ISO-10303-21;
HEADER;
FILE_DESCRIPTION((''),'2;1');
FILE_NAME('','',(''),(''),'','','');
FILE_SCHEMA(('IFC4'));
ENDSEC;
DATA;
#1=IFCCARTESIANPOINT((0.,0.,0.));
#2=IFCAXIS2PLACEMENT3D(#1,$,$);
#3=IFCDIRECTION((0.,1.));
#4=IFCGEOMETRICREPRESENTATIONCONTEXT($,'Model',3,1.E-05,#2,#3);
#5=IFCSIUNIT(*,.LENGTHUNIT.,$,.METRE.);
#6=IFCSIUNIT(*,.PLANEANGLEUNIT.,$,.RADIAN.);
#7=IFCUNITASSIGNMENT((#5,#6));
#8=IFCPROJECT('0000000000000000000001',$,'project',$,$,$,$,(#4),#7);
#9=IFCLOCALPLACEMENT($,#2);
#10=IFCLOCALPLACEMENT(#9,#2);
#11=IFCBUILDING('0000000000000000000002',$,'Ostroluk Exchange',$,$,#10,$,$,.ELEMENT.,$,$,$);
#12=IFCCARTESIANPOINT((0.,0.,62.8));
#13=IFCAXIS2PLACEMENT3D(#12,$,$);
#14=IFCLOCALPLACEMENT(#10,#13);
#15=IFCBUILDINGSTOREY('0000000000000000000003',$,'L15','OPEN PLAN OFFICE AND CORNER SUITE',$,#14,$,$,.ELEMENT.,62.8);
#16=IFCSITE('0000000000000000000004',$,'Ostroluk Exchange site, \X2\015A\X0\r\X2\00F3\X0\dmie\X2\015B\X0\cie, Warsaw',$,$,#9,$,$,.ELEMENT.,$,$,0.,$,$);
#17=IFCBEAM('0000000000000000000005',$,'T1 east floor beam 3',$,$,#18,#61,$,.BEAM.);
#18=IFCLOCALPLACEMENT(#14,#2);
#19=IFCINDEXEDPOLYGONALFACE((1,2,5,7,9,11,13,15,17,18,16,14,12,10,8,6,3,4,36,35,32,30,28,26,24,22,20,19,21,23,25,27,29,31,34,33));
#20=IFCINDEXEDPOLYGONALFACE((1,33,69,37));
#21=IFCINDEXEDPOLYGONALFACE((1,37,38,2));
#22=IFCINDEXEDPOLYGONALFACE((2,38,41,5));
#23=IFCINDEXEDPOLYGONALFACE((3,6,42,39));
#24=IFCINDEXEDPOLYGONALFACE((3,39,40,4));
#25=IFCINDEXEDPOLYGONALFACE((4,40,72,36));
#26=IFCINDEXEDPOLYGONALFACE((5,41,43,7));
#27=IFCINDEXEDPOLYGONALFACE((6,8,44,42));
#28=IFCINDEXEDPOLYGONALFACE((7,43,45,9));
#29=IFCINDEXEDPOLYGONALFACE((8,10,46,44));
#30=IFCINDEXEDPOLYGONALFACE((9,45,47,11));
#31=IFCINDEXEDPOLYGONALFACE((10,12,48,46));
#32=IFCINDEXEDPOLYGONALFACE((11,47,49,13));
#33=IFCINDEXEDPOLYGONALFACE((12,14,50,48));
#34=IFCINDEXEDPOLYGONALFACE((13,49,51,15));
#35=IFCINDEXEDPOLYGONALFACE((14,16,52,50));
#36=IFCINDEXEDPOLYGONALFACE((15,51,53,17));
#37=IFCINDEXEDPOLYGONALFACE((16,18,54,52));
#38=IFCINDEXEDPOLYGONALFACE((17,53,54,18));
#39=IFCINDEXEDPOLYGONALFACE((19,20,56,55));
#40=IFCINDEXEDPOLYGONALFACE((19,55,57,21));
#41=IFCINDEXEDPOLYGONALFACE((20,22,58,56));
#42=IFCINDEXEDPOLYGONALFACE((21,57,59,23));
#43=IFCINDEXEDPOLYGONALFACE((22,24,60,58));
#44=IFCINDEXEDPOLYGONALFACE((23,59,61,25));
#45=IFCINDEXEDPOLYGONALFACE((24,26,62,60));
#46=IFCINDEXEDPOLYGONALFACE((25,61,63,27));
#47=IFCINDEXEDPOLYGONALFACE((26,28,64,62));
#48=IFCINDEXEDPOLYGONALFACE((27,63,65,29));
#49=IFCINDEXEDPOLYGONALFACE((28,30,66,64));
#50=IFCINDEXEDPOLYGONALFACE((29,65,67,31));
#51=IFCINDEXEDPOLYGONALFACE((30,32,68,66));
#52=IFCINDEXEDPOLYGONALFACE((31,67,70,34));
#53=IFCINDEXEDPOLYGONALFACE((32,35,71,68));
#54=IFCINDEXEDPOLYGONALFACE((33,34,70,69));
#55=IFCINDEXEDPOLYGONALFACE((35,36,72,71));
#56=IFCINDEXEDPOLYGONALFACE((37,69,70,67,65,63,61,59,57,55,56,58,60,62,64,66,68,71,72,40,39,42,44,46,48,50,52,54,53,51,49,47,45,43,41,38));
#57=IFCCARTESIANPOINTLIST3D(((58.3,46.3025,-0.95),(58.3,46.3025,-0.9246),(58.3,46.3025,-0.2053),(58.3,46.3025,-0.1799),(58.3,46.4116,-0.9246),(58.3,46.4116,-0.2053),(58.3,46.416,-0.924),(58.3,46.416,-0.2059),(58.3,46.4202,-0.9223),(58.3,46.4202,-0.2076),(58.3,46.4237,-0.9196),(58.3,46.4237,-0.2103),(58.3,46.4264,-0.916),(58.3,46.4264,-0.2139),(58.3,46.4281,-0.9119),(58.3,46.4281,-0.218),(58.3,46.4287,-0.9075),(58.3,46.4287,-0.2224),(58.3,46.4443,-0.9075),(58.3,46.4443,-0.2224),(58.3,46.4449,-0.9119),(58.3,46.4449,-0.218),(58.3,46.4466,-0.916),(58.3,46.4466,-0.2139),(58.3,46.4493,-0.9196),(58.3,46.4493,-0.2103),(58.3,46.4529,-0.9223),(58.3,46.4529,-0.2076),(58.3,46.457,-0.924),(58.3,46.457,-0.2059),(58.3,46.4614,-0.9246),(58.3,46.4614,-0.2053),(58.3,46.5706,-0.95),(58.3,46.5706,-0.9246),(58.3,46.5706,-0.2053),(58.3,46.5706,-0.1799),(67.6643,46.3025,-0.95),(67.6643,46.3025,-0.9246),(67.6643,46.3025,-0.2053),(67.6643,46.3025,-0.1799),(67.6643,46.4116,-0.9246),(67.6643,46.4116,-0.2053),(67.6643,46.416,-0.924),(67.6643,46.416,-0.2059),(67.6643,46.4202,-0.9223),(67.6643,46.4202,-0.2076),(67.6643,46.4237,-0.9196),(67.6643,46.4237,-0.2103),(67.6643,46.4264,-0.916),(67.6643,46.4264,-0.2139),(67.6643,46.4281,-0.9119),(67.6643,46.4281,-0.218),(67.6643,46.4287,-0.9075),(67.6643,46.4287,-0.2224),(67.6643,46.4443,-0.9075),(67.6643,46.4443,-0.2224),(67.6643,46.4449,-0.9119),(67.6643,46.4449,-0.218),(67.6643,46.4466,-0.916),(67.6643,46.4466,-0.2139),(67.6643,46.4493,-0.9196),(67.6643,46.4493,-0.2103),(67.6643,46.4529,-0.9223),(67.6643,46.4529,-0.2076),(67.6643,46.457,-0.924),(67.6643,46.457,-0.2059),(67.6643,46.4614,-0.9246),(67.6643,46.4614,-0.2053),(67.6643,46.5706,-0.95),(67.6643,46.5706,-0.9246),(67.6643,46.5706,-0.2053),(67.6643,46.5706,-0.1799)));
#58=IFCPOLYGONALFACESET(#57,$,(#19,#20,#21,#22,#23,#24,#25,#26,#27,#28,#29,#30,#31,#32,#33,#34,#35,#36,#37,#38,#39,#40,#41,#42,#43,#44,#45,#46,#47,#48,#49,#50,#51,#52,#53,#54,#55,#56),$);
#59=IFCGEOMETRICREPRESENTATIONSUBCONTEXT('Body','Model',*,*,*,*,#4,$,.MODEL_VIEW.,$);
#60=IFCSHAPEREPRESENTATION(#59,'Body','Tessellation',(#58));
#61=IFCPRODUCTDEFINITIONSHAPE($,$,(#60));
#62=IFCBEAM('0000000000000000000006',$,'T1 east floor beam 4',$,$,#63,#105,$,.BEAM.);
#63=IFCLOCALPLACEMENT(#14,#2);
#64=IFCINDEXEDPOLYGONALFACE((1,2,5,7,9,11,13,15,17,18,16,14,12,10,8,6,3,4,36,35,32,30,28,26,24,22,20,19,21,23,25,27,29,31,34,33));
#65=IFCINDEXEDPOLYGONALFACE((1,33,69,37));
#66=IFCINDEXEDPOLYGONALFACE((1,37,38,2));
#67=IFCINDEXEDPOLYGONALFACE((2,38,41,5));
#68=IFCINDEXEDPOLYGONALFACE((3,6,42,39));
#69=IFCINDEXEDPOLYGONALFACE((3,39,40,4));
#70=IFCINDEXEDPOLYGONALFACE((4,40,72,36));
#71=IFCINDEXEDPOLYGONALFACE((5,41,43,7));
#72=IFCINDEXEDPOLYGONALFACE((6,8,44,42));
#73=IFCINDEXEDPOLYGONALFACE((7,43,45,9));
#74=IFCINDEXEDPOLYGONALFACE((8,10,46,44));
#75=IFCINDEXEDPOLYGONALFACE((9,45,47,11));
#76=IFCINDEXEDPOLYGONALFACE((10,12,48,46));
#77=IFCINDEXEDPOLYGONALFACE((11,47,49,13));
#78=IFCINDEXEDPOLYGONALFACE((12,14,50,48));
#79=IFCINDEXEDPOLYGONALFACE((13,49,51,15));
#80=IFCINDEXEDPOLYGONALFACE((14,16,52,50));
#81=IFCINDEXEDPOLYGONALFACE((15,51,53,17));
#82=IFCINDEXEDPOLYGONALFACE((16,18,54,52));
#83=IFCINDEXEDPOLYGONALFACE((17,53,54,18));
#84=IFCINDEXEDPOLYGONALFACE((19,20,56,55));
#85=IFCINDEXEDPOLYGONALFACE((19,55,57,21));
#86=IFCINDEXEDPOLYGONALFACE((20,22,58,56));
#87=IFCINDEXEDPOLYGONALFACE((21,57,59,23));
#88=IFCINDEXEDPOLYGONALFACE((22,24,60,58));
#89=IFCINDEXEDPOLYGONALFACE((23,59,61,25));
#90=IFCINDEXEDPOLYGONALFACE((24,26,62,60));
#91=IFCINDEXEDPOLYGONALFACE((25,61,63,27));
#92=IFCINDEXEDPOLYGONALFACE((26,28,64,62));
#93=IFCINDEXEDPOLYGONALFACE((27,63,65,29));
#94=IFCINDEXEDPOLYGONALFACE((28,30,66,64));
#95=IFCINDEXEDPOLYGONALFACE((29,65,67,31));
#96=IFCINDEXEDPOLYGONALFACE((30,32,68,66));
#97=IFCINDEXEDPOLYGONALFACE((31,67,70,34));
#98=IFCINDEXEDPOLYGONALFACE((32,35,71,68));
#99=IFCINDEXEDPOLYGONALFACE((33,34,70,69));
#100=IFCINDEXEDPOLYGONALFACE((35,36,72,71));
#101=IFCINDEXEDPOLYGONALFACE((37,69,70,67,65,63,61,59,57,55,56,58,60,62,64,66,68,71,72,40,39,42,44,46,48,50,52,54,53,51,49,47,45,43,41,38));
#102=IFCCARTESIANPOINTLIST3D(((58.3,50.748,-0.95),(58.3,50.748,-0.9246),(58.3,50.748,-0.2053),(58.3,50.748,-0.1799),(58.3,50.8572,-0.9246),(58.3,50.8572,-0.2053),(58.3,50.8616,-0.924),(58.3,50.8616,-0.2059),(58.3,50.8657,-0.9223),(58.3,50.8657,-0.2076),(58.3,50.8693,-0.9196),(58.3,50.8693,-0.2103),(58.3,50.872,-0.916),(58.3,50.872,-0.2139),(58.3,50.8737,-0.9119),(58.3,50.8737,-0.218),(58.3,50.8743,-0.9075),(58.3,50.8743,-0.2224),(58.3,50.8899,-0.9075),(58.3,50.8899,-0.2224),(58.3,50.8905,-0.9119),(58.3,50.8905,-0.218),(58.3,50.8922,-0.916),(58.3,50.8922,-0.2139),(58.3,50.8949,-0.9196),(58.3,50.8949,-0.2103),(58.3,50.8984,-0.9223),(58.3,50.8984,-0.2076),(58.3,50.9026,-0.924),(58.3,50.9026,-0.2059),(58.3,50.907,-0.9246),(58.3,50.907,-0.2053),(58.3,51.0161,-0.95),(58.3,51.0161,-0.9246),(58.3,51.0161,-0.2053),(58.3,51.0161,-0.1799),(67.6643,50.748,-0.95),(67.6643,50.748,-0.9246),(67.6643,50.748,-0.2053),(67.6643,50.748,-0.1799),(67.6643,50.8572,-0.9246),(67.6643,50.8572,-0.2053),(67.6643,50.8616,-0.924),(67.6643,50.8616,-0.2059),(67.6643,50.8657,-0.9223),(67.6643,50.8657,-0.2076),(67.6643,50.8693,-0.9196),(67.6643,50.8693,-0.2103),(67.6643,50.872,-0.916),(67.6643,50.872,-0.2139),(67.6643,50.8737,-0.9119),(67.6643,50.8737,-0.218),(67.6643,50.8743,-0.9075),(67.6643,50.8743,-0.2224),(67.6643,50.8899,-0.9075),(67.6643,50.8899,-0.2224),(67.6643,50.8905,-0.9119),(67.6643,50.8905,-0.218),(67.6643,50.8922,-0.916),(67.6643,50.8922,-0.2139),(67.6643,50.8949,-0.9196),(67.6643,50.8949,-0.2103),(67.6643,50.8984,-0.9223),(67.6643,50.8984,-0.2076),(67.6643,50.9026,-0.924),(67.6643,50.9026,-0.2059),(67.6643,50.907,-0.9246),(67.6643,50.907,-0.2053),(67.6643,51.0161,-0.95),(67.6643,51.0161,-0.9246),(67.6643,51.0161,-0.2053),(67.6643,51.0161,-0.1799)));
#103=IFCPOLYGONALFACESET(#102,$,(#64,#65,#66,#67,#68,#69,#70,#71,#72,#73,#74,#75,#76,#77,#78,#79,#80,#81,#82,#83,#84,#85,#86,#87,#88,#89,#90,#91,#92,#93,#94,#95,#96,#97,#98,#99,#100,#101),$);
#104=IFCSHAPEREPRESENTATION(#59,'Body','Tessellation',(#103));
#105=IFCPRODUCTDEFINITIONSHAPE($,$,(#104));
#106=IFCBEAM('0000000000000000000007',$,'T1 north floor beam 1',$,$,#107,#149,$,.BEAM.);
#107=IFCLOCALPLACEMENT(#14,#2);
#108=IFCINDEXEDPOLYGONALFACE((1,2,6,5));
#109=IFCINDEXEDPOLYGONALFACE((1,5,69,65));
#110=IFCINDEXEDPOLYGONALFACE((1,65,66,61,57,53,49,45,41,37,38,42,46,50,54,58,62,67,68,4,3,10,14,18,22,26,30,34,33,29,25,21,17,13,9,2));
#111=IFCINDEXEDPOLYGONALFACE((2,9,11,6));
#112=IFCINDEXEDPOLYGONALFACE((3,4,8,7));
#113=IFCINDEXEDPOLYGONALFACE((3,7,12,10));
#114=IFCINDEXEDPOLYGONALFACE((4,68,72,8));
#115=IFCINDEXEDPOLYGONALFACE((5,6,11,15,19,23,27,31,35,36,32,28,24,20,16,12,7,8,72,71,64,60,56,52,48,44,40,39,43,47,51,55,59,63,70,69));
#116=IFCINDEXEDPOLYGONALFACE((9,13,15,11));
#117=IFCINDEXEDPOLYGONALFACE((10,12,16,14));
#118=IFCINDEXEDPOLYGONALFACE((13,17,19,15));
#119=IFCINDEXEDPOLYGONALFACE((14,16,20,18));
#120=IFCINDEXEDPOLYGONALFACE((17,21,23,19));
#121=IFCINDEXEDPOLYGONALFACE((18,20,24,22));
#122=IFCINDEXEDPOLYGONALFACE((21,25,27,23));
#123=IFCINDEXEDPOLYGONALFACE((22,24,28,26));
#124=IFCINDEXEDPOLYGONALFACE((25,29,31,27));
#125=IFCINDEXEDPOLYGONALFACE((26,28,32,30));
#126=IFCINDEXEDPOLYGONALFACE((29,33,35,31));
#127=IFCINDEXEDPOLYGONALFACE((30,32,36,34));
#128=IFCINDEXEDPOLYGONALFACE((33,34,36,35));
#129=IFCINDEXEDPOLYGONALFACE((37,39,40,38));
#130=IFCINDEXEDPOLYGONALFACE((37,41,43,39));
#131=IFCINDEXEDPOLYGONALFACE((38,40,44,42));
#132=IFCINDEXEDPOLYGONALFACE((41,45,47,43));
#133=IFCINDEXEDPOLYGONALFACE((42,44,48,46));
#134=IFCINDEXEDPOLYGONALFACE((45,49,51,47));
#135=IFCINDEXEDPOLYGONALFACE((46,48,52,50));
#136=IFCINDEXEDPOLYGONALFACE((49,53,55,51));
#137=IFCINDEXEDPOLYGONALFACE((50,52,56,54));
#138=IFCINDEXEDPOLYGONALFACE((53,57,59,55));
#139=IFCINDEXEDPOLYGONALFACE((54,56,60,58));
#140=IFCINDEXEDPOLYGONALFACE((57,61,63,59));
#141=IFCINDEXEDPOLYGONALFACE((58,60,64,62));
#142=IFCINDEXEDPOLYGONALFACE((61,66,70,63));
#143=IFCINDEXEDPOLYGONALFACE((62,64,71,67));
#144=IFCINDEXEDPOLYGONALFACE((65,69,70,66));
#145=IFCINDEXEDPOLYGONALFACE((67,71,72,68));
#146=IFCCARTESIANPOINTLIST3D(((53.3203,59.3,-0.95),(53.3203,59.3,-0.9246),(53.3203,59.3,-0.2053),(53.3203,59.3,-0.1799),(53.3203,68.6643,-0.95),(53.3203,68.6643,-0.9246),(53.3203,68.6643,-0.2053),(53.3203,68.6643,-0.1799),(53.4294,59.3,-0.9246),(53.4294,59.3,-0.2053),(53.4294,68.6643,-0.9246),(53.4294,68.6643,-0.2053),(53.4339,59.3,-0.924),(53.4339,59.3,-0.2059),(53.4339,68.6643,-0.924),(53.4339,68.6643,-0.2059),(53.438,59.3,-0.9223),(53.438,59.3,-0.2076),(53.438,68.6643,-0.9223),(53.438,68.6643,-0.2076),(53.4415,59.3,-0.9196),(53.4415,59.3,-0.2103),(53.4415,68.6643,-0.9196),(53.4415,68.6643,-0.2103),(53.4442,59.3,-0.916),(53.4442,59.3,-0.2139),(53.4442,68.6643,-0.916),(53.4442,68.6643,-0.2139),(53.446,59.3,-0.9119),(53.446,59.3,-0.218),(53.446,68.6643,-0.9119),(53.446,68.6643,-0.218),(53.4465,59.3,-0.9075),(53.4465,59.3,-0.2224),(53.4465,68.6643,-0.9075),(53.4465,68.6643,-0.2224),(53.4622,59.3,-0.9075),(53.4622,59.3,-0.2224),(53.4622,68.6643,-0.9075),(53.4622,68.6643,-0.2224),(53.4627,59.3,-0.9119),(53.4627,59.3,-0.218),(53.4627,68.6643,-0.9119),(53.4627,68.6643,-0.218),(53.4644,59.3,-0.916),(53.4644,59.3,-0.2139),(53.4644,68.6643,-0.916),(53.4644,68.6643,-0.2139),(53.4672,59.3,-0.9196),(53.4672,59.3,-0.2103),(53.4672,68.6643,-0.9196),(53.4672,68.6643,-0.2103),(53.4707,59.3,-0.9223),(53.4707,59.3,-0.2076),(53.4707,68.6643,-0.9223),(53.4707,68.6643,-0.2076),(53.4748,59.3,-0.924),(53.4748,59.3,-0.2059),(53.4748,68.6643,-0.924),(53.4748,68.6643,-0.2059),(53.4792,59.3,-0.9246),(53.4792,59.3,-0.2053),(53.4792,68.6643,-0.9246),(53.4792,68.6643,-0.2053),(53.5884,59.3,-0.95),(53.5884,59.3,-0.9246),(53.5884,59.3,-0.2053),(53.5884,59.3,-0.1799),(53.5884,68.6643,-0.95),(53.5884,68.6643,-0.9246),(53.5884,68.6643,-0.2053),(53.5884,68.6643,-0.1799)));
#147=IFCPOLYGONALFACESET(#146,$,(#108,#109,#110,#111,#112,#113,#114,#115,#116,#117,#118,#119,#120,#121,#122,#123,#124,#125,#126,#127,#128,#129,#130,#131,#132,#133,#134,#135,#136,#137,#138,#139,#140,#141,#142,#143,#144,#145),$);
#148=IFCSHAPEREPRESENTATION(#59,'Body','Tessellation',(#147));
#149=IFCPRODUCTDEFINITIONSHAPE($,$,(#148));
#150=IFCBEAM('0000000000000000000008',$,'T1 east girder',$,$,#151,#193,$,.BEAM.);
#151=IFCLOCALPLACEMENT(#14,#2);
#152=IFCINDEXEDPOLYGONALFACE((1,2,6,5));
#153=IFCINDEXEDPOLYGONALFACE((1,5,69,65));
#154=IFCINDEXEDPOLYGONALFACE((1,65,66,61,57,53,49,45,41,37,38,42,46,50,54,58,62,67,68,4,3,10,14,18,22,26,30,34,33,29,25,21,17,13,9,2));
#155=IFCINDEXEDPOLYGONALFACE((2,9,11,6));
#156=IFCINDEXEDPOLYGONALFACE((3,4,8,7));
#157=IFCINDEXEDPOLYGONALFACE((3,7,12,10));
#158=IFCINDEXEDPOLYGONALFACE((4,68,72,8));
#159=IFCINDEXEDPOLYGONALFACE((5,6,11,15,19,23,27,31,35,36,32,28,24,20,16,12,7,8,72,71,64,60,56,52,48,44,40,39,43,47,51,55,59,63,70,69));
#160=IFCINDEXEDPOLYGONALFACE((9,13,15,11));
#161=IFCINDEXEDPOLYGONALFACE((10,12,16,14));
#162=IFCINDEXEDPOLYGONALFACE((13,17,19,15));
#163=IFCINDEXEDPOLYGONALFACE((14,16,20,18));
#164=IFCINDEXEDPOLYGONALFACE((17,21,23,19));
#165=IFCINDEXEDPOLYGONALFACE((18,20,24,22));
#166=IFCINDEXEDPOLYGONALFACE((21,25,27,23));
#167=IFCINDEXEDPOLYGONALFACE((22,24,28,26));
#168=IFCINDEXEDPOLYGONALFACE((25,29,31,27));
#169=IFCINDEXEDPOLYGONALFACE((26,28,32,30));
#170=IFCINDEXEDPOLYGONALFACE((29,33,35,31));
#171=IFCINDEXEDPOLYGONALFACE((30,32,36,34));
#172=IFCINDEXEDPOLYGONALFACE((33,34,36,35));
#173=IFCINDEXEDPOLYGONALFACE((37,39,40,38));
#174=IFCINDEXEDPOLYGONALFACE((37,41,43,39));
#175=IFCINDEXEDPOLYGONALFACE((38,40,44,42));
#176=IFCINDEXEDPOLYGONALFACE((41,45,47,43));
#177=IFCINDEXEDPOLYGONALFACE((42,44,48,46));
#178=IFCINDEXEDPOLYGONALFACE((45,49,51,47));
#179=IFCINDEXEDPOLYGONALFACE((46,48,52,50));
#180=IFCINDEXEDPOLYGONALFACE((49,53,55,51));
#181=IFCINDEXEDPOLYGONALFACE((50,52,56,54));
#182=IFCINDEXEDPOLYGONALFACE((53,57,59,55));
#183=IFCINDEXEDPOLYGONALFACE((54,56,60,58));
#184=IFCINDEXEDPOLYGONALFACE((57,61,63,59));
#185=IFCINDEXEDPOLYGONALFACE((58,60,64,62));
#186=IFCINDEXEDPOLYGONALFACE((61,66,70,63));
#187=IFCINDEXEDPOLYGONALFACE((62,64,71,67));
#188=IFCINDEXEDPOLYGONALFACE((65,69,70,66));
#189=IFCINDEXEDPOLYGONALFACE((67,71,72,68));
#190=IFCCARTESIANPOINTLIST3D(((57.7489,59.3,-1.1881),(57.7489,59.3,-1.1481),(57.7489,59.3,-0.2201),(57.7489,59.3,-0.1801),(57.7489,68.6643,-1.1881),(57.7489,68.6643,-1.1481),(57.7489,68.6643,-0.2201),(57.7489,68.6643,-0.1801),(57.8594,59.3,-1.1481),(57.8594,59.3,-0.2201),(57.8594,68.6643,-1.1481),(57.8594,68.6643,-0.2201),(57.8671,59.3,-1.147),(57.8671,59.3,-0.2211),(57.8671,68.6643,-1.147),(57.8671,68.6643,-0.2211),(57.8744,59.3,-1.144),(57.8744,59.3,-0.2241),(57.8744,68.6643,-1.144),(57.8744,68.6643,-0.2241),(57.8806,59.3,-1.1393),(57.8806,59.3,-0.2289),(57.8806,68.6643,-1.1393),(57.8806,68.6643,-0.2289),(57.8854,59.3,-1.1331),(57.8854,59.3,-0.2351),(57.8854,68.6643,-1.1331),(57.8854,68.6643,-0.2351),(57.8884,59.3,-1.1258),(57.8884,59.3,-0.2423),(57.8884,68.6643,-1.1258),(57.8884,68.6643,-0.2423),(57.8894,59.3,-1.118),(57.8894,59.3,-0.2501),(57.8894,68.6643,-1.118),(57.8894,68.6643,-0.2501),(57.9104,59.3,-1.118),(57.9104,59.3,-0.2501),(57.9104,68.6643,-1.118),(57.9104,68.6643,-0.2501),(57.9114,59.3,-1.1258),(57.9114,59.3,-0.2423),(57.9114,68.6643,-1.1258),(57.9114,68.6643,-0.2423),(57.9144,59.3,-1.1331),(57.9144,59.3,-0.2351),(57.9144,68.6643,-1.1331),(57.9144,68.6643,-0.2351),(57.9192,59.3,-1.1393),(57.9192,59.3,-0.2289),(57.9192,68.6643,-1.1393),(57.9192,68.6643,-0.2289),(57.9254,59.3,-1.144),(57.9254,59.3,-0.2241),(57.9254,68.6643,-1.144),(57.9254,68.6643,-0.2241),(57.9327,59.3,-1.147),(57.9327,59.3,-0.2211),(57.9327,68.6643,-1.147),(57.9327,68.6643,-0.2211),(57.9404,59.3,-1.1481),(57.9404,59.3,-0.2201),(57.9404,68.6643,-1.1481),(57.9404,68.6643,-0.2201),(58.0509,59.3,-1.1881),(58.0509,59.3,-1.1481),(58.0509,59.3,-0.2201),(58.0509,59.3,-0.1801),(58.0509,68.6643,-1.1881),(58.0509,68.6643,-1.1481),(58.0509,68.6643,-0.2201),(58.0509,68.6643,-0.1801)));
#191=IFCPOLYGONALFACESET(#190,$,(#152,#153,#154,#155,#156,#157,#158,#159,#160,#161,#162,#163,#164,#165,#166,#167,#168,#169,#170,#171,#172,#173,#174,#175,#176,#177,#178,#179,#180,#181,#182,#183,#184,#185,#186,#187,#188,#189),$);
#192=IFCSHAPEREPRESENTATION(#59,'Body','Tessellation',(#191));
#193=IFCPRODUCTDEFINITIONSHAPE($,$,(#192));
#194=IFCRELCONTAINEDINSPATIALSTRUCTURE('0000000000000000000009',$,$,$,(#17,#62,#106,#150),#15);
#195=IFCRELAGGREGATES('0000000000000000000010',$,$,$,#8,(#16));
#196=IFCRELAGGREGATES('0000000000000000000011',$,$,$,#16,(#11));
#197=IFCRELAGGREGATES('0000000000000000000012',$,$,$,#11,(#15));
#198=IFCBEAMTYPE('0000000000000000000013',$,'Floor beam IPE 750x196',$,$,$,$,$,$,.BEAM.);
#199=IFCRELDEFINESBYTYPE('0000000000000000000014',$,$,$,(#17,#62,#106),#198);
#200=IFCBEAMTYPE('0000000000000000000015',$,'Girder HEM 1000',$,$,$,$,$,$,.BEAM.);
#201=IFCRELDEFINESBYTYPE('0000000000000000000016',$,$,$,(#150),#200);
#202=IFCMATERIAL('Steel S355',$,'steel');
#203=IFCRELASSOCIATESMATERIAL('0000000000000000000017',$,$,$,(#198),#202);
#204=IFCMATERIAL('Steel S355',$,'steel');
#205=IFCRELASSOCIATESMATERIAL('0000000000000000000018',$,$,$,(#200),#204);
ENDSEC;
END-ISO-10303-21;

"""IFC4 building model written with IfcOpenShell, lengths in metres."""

from ifc_helpers import new_model, si_unit, direction, frame, origin, origin_2d, place, context, subcontext, project, spatial, i_section, extrude, material, material_profile, profile_set, type_object, element, save


model = new_model("IFC4")

# Units and contexts
model_context = context("Model", 3, precision=1e-05, world=origin(), true_north=direction((0.0, 1.0)))
body_context = subcontext(model_context, "Body", "Model", "MODEL_VIEW")
ifc_project = project(units=[si_unit("LENGTHUNIT", "METRE"), si_unit("PLANEANGLEUNIT", "RADIAN")], contexts=[model_context])

# Site, building, storey
site_placement = place(None, origin())
site = spatial("IfcSite", under=ifc_project, at=site_placement, Name="Ostroluk Exchange site, Śródmieście, Warsaw", CompositionType="ELEMENT", RefElevation=0.0)
building_placement = place(site_placement, origin())
building = spatial("IfcBuilding", under=site, at=building_placement, Name="Ostroluk Exchange", CompositionType="ELEMENT")
storey_placement = place(building_placement, frame((0.0, 0.0, 62.8)))
storey = spatial("IfcBuildingStorey", under=building, at=storey_placement, Name="L15", Description="OPEN PLAN OFFICE AND CORNER SUITE", CompositionType="ELEMENT", Elevation=62.8)

# Beams
ifc_material_1 = material(Name="Steel S355", Category="steel")
ifc_material_profile_1 = material_profile(ifc_material_1, i_section(OverallWidth=0.2681, OverallDepth=0.77, WebThickness=0.0156, FlangeThickness=0.0254, FilletRadius=0.0171, at=origin_2d()), Name="IPE 750x196")
ifc_profile_set_1 = profile_set([ifc_material_profile_1], Name="Steel S355")
beam_type_1 = type_object("IfcBeamType", Name="Floor beam IPE 750x196", PredefinedType="BEAM", material=ifc_profile_set_1)
for number, where, z_axis, x_axis, name in (
    (1, (58.3, 46.4365, -0.5649), (1.0, 0.0, 0.0), (0.0, 1.0, 0.0), "T1 east floor beam 3"),
    (2, (58.3, 50.8821, -0.5649), (1.0, 0.0, 0.0), (0.0, 1.0, 0.0), "T1 east floor beam 4"),
    (3, (53.4543, 59.3, -0.5649), (0.0, 1.0, 0.0), (-1.0, 0.0, 0.0), "T1 north floor beam 1"),
):
    element("IfcBeam", number, at=place(storey_placement, frame(where, z_axis=z_axis, x_axis=x_axis)), inside=storey, type_object=beam_type_1, Name=name, PredefinedType="BEAM", context=body_context, shape_type="SweptSolid", body=[
        extrude(i_section(OverallWidth=0.2681, OverallDepth=0.77, WebThickness=0.0156, FlangeThickness=0.0254, FilletRadius=0.0171, at=origin_2d()), origin(), (0.0, 0.0, 1.0), 9.3643),
    ])
ifc_material_2 = material(Name="Steel S355", Category="steel")
ifc_material_profile_2 = material_profile(ifc_material_2, i_section(OverallWidth=0.302, OverallDepth=1.0081, WebThickness=0.021, FlangeThickness=0.04, FilletRadius=0.03, at=origin_2d()), Name="HEM 1000")
ifc_profile_set_2 = profile_set([ifc_material_profile_2], Name="Steel S355")
beam_type_2 = type_object("IfcBeamType", Name="Girder HEM 1000", PredefinedType="BEAM", material=ifc_profile_set_2)
beam_1_placement = place(storey_placement, frame((57.8999, 59.3, -0.6841), z_axis=(0.0, 1.0, 0.0), x_axis=(-1.0, 0.0, 0.0)))
element("IfcBeam", 4, at=beam_1_placement, inside=storey, type_object=beam_type_2, Name="T1 east girder", PredefinedType="BEAM", context=body_context, shape_type="SweptSolid", body=[
    extrude(i_section(OverallWidth=0.302, OverallDepth=1.0081, WebThickness=0.021, FlangeThickness=0.04, FilletRadius=0.03, at=origin_2d()), origin(), (0.0, 0.0, 1.0), 9.3643),
])

save(model, "model.ifc")
